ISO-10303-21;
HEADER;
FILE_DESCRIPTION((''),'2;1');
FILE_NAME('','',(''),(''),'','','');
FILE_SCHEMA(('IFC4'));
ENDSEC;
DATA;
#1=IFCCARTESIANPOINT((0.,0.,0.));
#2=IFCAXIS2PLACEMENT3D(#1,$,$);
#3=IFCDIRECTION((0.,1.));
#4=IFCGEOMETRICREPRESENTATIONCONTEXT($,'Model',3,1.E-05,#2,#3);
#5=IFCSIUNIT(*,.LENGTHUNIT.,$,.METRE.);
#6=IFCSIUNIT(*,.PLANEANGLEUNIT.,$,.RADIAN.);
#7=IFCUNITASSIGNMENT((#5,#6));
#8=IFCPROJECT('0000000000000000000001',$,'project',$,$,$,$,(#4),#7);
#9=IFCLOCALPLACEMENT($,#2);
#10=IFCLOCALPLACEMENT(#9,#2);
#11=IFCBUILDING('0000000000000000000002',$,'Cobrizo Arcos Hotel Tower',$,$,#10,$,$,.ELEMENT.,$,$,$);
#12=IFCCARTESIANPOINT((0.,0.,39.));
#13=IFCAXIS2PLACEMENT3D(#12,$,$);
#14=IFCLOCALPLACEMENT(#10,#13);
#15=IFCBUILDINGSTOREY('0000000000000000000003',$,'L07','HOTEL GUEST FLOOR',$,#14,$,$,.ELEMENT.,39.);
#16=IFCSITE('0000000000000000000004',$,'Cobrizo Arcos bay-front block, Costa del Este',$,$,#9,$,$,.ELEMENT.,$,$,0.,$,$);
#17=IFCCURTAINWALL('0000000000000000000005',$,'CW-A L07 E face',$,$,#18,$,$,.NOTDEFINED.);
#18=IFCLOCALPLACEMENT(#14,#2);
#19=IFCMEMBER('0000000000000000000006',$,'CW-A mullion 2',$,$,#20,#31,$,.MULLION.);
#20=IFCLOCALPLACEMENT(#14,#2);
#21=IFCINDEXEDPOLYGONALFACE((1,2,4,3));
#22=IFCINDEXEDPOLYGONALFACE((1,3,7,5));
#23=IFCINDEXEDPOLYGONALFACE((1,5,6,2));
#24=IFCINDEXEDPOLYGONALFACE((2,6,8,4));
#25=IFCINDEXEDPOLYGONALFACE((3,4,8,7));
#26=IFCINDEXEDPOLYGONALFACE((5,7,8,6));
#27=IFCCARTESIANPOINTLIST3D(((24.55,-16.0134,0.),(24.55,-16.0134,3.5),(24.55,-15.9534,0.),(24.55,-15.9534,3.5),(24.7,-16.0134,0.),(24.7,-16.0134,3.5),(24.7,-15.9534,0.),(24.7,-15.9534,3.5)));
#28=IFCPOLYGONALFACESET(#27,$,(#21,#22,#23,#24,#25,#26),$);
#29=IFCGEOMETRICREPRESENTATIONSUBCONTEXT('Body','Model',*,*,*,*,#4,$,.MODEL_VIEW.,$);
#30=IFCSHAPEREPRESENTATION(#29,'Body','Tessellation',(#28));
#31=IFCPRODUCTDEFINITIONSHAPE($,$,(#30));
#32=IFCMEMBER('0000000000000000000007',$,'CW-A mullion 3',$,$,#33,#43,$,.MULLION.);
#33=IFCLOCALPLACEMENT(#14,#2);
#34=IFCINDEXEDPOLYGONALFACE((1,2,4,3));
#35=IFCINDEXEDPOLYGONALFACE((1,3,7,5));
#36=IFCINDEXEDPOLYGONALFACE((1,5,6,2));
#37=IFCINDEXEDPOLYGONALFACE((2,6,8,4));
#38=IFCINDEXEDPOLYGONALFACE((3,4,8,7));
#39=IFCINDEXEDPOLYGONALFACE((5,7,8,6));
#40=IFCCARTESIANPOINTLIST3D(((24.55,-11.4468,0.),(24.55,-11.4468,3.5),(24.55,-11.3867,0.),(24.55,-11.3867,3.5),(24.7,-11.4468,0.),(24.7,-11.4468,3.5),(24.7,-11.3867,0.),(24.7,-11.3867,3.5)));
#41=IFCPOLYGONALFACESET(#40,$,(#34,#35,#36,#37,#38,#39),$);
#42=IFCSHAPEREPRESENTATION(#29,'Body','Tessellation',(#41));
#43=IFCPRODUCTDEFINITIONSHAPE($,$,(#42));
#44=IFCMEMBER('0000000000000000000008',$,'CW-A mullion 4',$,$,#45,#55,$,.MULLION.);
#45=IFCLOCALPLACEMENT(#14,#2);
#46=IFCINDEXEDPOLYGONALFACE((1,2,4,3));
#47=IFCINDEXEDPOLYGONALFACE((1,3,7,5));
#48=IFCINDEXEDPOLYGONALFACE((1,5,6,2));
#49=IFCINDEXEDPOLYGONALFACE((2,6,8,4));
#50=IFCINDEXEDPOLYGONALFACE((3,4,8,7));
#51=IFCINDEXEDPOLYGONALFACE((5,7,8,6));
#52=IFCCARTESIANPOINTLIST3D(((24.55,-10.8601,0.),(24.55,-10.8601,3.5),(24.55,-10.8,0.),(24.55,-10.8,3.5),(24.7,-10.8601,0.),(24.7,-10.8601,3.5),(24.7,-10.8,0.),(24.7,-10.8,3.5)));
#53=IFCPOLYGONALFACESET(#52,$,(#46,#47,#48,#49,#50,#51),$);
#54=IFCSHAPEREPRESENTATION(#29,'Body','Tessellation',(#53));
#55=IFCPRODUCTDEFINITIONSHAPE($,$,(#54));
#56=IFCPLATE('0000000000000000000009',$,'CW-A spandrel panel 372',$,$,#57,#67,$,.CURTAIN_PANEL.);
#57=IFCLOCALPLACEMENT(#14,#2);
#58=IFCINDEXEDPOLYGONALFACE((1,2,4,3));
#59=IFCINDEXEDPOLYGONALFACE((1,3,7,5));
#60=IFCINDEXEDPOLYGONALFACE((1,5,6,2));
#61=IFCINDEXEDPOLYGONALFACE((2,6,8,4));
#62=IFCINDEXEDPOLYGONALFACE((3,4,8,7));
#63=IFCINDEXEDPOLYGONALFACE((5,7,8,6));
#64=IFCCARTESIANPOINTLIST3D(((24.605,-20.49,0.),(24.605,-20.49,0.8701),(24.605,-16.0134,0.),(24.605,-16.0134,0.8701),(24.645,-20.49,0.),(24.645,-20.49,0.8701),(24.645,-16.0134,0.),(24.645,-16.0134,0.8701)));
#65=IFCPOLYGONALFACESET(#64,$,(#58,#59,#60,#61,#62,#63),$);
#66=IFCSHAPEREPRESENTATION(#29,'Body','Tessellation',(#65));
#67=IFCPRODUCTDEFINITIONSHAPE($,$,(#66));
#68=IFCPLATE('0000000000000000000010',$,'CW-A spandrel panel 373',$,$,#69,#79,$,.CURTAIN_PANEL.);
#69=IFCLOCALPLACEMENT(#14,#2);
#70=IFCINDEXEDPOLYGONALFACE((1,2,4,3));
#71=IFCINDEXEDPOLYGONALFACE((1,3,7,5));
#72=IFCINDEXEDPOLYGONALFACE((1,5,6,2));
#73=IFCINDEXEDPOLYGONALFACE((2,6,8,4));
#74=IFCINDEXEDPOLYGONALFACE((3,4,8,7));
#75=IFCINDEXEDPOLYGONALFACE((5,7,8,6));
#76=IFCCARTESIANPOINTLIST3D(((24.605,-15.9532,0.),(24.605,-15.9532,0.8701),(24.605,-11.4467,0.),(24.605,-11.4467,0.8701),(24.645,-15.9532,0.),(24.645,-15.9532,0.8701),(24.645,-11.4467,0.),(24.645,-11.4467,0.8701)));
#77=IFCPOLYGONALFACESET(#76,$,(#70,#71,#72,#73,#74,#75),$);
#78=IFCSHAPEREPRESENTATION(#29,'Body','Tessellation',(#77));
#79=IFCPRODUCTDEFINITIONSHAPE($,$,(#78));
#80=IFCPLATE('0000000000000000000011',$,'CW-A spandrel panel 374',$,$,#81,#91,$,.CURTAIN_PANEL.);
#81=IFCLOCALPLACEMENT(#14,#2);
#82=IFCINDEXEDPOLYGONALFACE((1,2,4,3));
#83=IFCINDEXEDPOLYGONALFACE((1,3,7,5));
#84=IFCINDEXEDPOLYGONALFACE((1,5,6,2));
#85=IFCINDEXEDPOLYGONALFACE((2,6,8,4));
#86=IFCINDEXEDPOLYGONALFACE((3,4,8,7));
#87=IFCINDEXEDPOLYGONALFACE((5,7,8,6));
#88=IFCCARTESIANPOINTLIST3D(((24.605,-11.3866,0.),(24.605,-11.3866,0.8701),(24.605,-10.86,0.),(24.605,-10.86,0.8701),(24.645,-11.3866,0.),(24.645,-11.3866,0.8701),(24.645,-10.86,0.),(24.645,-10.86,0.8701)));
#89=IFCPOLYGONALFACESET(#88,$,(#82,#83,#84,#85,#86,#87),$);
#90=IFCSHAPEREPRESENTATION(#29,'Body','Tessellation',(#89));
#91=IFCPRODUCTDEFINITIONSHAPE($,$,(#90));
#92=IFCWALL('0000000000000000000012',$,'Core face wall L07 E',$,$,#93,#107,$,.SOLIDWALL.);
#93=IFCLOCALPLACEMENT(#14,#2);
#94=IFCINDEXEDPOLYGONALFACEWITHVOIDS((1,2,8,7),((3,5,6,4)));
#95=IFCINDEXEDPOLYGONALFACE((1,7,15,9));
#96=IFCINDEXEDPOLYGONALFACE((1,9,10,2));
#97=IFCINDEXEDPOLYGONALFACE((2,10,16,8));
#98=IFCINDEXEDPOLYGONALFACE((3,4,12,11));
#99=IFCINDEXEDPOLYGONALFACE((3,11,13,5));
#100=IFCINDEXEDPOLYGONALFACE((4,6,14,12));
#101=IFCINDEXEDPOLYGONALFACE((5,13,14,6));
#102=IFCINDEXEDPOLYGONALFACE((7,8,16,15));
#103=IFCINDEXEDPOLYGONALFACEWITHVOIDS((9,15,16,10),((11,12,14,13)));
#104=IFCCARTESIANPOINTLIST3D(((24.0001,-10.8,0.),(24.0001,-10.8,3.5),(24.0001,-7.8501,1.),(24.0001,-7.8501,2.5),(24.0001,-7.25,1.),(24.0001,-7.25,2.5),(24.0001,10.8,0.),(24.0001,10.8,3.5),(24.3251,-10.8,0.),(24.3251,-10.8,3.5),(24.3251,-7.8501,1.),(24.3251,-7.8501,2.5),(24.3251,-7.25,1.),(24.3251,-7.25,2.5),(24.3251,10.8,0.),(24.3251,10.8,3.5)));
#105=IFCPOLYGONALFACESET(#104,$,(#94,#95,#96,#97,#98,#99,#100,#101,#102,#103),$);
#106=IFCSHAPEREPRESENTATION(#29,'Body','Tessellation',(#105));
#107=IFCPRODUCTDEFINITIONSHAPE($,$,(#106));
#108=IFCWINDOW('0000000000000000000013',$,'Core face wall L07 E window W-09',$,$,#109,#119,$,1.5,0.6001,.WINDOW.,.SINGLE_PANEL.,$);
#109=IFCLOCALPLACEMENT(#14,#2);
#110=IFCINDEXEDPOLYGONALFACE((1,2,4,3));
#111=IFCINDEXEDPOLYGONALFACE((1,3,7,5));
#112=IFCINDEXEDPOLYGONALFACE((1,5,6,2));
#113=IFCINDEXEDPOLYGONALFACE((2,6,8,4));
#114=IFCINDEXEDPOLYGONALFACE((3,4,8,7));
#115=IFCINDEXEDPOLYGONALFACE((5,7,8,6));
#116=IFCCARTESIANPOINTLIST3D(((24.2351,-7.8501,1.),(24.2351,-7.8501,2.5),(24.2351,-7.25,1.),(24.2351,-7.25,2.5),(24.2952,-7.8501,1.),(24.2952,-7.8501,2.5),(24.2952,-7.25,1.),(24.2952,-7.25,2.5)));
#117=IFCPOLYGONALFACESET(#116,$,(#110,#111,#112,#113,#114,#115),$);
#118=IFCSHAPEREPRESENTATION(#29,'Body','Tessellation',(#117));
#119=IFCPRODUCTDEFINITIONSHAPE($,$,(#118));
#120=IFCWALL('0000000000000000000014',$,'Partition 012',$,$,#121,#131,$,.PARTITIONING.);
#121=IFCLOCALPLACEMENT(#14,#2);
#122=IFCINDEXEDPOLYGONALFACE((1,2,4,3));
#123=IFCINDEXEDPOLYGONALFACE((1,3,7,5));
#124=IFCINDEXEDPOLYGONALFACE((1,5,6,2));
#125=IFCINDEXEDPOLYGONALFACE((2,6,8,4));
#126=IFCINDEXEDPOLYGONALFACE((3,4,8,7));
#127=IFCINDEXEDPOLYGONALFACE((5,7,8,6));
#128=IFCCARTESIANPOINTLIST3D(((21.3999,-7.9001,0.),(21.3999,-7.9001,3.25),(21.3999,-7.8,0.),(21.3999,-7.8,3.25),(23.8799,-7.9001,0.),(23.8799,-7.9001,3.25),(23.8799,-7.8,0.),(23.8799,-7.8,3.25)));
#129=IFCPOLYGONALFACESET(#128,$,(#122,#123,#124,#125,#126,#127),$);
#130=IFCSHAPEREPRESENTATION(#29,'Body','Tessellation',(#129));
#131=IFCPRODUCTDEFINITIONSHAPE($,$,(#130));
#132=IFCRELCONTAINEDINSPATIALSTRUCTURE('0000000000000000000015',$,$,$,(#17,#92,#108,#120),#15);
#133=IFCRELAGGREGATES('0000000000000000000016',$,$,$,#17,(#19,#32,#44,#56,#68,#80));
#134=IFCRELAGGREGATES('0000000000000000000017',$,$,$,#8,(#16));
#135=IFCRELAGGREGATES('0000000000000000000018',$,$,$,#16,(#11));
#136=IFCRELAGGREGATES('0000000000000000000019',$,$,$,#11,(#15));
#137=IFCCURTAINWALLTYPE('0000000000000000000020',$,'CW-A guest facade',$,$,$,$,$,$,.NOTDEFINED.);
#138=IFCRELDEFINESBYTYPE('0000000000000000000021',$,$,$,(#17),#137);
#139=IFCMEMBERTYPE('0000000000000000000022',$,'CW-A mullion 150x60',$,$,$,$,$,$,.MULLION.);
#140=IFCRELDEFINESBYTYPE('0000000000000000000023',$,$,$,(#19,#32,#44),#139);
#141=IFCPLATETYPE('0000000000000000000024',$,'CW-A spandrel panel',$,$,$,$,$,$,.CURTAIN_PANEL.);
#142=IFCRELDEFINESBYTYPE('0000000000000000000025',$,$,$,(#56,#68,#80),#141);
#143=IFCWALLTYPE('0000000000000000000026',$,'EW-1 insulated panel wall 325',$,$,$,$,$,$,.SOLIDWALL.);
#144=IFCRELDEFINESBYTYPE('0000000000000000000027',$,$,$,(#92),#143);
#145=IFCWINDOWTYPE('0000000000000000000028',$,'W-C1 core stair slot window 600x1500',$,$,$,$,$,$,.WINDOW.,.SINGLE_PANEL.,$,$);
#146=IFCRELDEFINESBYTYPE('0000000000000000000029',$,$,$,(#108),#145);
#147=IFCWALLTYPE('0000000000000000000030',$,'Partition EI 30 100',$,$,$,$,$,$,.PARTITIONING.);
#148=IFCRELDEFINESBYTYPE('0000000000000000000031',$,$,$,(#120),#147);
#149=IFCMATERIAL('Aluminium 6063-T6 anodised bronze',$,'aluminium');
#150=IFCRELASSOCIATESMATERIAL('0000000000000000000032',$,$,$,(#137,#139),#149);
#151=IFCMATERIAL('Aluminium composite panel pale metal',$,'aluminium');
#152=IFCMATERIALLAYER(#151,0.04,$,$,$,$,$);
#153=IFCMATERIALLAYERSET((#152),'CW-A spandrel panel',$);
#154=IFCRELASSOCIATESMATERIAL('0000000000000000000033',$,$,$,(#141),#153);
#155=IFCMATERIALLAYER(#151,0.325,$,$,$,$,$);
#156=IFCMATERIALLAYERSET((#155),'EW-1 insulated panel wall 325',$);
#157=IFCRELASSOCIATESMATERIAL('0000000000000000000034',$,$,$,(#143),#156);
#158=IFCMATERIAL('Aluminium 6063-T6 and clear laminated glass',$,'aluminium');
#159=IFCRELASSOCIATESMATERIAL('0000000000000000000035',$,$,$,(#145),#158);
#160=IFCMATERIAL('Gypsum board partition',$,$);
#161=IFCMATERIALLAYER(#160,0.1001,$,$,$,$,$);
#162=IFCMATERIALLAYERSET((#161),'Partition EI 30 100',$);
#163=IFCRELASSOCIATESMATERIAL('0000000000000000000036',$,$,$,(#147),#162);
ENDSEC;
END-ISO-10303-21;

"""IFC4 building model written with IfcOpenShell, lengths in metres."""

from ifc_helpers import new_model, si_unit, direction, frame, frame_2d, origin, origin_2d, place, context, subcontext, project, spatial, rectangle, extrude, material, layer, layer_set, material_profile, profile_set, type_object, element, fill, aggregate, save


model = new_model("IFC4")

# Units and contexts
model_context = context("Model", 3, precision=1e-05, world=origin(), true_north=direction((0.0, 1.0)))
body_context = subcontext(model_context, "Body", "Model", "MODEL_VIEW")
ifc_project = project(units=[si_unit("LENGTHUNIT", "METRE"), si_unit("PLANEANGLEUNIT", "RADIAN")], contexts=[model_context])

# Site, building, storey
site_placement = place(None, origin())
site = spatial("IfcSite", under=ifc_project, at=site_placement, Name="Cobrizo Arcos bay-front block, Costa del Este", CompositionType="ELEMENT", RefElevation=0.0)
building_placement = place(site_placement, origin())
building = spatial("IfcBuilding", under=site, at=building_placement, Name="Cobrizo Arcos Hotel Tower", CompositionType="ELEMENT")
storey_placement = place(building_placement, frame((0.0, 0.0, 39.0)))
storey = spatial("IfcBuildingStorey", under=building, at=storey_placement, Name="L07", Description="HOTEL GUEST FLOOR", CompositionType="ELEMENT", Elevation=39.0)

# Curtain wall, members, plates
ifc_material_1 = material(Name="Aluminium 6063-T6 anodised bronze", Category="aluminium")
curtain_wall_type = type_object("IfcCurtainWallType", Name="CW-A guest facade", PredefinedType="NOTDEFINED", material=ifc_material_1)
curtain_wall_placement = place(storey_placement, origin())
curtain_wall = element("IfcCurtainWall", 1, at=curtain_wall_placement, inside=storey, type_object=curtain_wall_type, Name="CW-A L07 E face", PredefinedType="NOTDEFINED")
ifc_material_profile = material_profile(ifc_material_1, rectangle(XDim=0.1499, YDim=0.0601, at=origin_2d()), Name="CW-A mullion 150x60")
ifc_profile_set = profile_set([ifc_material_profile], Name="Aluminium 6063-T6 anodised bronze")
member_type = type_object("IfcMemberType", Name="CW-A mullion 150x60", PredefinedType="MULLION", material=ifc_profile_set)
member_1_placement = place(storey_placement, frame((24.625, -15.9834, 0.0), z_axis=(0.0, 0.0, 1.0), x_axis=(1.0, 0.0, 0.0)))
member_1 = element("IfcMember", 2, at=member_1_placement, type_object=member_type, Name="CW-A mullion 2", PredefinedType="MULLION", context=body_context, shape_type="SweptSolid", body=[
    extrude(rectangle(XDim=0.1499, YDim=0.0601, at=origin_2d()), origin(), (0.0, 0.0, 1.0), 3.5),
])
member_2_placement = place(storey_placement, frame((24.625, -11.4167, 0.0), z_axis=(0.0, 0.0, 1.0), x_axis=(1.0, 0.0, 0.0)))
member_2 = element("IfcMember", 3, at=member_2_placement, type_object=member_type, Name="CW-A mullion 3", PredefinedType="MULLION", context=body_context, shape_type="SweptSolid", body=[
    extrude(rectangle(XDim=0.1499, YDim=0.0601, at=origin_2d()), origin(), (0.0, 0.0, 1.0), 3.5),
])
member_3_placement = place(storey_placement, frame((24.625, -10.8301, 0.0), z_axis=(0.0, 0.0, 1.0), x_axis=(1.0, 0.0, 0.0)))
member_3 = element("IfcMember", 4, at=member_3_placement, type_object=member_type, Name="CW-A mullion 4", PredefinedType="MULLION", context=body_context, shape_type="SweptSolid", body=[
    extrude(rectangle(XDim=0.1499, YDim=0.0601, at=origin_2d()), origin(), (0.0, 0.0, 1.0), 3.5),
])
ifc_material_2 = material(Name="Aluminium composite panel pale metal", Category="aluminium")
ifc_layer_1 = layer(ifc_material_2, 0.04)
ifc_layer_set_1 = layer_set([ifc_layer_1], Name="CW-A spandrel panel")
plate_type = type_object("IfcPlateType", Name="CW-A spandrel panel", PredefinedType="CURTAIN_PANEL", material=ifc_layer_set_1)
plate_1_placement = place(storey_placement, frame((24.625, -18.2517, 0.0), z_axis=(0.0, 0.0, 1.0), x_axis=(0.0, 1.0, 0.0)))
plate_1 = element("IfcPlate", 5, at=plate_1_placement, type_object=plate_type, Name="CW-A spandrel panel 372", PredefinedType="CURTAIN_PANEL", context=body_context, shape_type="SweptSolid", body=[
    extrude(rectangle(XDim=4.4766, YDim=0.04, at=origin_2d()), origin(), (0.0, 0.0, 1.0), 0.8701),
])
plate_2_placement = place(storey_placement, frame((24.625, -13.7, 0.0), z_axis=(0.0, 0.0, 1.0), x_axis=(0.0, 1.0, 0.0)))
plate_2 = element("IfcPlate", 6, at=plate_2_placement, type_object=plate_type, Name="CW-A spandrel panel 373", PredefinedType="CURTAIN_PANEL", context=body_context, shape_type="SweptSolid", body=[
    extrude(rectangle(XDim=4.5066, YDim=0.04, at=origin_2d()), origin(), (0.0, 0.0, 1.0), 0.8701),
])
plate_3_placement = place(storey_placement, frame((24.625, -11.1233, 0.0), z_axis=(0.0, 0.0, 1.0), x_axis=(0.0, 1.0, 0.0)))
plate_3 = element("IfcPlate", 7, at=plate_3_placement, type_object=plate_type, Name="CW-A spandrel panel 374", PredefinedType="CURTAIN_PANEL", context=body_context, shape_type="SweptSolid", body=[
    extrude(rectangle(XDim=0.5266, YDim=0.04, at=origin_2d()), origin(), (0.0, 0.0, 1.0), 0.8701),
])
aggregate(curtain_wall, [member_1, member_2, member_3, plate_1, plate_2, plate_3])

# Wall, opening, window
ifc_layer_2 = layer(ifc_material_2, 0.325)
ifc_layer_set_2 = layer_set([ifc_layer_2], Name="EW-1 insulated panel wall 325")
wall_type_1 = type_object("IfcWallType", Name="EW-1 insulated panel wall 325", PredefinedType="SOLIDWALL", material=ifc_layer_set_2)
wall_1_placement = place(storey_placement, frame((24.1626, -10.8, 0.0), z_axis=(0.0, 0.0, 1.0), x_axis=(0.0, 1.0, 0.0)))
wall_1 = element("IfcWall", 8, at=wall_1_placement, inside=storey, type_object=wall_type_1, Name="Core face wall L07 E", PredefinedType="SOLIDWALL", context=body_context, shape_type="SweptSolid", body=[
    extrude(rectangle(XDim=21.6001, YDim=0.325, at=frame_2d((10.8, 0.0))), origin(), (0.0, 0.0, 1.0), 3.5),
])
opening_1_placement = place(wall_1_placement, frame((2.95, 0.0, 1.0)))
opening_1 = element("IfcOpeningElement", 9, at=opening_1_placement, cuts=wall_1, PredefinedType="OPENING", context=body_context, shape_type="SweptSolid", body=[
    extrude(rectangle(XDim=0.6001, YDim=1.5, at=frame_2d((0.3, 0.75))), frame((0.0, 0.1746, 0.0), z_axis=(0.0, -1.0, 0.0), x_axis=(1.0, 0.0, 0.0)), (0.0, 0.0, 1.0), 0.3489),
])
ifc_material_3 = material(Name="Aluminium 6063-T6 and clear laminated glass", Category="aluminium")
window_type = type_object("IfcWindowType", Name="W-C1 core stair slot window 600x1500", PartitioningType="SINGLE_PANEL", PredefinedType="WINDOW", material=ifc_material_3)
window_placement = place(opening_1_placement, origin())
window = element("IfcWindow", 10, at=window_placement, inside=storey, type_object=window_type, Name="Core face wall L07 E window W-09", OverallHeight=1.5, OverallWidth=0.6001, PartitioningType="SINGLE_PANEL", PredefinedType="WINDOW", context=body_context, shape_type="SweptSolid", body=[
    extrude(rectangle(XDim=0.6001, YDim=1.5, at=frame_2d((0.3, 0.75))), frame((0.0, -0.0725, 0.0), z_axis=(0.0, -1.0, 0.0), x_axis=(1.0, 0.0, 0.0)), (0.0, 0.0, 1.0), 0.0601),
])
fill(opening_1, window)

# Wall
ifc_material_4 = material(Name="Gypsum board partition")
ifc_layer_3 = layer(ifc_material_4, 0.1001)
ifc_layer_set_3 = layer_set([ifc_layer_3], Name="Partition EI 30 100")
wall_type_2 = type_object("IfcWallType", Name="Partition EI 30 100", PredefinedType="PARTITIONING", material=ifc_layer_set_3)
wall_2_placement = place(storey_placement, frame((21.3999, -7.8501, 0.0), z_axis=(0.0, 0.0, 1.0), x_axis=(1.0, 0.0, 0.0)))
element("IfcWall", 11, at=wall_2_placement, inside=storey, type_object=wall_type_2, Name="Partition 012", PredefinedType="PARTITIONING", context=body_context, shape_type="SweptSolid", body=[
    extrude(rectangle(XDim=2.48, YDim=0.1001, at=frame_2d((1.24, 0.0))), origin(), (0.0, 0.0, 1.0), 3.25),
])

save(model, "model.ifc")
